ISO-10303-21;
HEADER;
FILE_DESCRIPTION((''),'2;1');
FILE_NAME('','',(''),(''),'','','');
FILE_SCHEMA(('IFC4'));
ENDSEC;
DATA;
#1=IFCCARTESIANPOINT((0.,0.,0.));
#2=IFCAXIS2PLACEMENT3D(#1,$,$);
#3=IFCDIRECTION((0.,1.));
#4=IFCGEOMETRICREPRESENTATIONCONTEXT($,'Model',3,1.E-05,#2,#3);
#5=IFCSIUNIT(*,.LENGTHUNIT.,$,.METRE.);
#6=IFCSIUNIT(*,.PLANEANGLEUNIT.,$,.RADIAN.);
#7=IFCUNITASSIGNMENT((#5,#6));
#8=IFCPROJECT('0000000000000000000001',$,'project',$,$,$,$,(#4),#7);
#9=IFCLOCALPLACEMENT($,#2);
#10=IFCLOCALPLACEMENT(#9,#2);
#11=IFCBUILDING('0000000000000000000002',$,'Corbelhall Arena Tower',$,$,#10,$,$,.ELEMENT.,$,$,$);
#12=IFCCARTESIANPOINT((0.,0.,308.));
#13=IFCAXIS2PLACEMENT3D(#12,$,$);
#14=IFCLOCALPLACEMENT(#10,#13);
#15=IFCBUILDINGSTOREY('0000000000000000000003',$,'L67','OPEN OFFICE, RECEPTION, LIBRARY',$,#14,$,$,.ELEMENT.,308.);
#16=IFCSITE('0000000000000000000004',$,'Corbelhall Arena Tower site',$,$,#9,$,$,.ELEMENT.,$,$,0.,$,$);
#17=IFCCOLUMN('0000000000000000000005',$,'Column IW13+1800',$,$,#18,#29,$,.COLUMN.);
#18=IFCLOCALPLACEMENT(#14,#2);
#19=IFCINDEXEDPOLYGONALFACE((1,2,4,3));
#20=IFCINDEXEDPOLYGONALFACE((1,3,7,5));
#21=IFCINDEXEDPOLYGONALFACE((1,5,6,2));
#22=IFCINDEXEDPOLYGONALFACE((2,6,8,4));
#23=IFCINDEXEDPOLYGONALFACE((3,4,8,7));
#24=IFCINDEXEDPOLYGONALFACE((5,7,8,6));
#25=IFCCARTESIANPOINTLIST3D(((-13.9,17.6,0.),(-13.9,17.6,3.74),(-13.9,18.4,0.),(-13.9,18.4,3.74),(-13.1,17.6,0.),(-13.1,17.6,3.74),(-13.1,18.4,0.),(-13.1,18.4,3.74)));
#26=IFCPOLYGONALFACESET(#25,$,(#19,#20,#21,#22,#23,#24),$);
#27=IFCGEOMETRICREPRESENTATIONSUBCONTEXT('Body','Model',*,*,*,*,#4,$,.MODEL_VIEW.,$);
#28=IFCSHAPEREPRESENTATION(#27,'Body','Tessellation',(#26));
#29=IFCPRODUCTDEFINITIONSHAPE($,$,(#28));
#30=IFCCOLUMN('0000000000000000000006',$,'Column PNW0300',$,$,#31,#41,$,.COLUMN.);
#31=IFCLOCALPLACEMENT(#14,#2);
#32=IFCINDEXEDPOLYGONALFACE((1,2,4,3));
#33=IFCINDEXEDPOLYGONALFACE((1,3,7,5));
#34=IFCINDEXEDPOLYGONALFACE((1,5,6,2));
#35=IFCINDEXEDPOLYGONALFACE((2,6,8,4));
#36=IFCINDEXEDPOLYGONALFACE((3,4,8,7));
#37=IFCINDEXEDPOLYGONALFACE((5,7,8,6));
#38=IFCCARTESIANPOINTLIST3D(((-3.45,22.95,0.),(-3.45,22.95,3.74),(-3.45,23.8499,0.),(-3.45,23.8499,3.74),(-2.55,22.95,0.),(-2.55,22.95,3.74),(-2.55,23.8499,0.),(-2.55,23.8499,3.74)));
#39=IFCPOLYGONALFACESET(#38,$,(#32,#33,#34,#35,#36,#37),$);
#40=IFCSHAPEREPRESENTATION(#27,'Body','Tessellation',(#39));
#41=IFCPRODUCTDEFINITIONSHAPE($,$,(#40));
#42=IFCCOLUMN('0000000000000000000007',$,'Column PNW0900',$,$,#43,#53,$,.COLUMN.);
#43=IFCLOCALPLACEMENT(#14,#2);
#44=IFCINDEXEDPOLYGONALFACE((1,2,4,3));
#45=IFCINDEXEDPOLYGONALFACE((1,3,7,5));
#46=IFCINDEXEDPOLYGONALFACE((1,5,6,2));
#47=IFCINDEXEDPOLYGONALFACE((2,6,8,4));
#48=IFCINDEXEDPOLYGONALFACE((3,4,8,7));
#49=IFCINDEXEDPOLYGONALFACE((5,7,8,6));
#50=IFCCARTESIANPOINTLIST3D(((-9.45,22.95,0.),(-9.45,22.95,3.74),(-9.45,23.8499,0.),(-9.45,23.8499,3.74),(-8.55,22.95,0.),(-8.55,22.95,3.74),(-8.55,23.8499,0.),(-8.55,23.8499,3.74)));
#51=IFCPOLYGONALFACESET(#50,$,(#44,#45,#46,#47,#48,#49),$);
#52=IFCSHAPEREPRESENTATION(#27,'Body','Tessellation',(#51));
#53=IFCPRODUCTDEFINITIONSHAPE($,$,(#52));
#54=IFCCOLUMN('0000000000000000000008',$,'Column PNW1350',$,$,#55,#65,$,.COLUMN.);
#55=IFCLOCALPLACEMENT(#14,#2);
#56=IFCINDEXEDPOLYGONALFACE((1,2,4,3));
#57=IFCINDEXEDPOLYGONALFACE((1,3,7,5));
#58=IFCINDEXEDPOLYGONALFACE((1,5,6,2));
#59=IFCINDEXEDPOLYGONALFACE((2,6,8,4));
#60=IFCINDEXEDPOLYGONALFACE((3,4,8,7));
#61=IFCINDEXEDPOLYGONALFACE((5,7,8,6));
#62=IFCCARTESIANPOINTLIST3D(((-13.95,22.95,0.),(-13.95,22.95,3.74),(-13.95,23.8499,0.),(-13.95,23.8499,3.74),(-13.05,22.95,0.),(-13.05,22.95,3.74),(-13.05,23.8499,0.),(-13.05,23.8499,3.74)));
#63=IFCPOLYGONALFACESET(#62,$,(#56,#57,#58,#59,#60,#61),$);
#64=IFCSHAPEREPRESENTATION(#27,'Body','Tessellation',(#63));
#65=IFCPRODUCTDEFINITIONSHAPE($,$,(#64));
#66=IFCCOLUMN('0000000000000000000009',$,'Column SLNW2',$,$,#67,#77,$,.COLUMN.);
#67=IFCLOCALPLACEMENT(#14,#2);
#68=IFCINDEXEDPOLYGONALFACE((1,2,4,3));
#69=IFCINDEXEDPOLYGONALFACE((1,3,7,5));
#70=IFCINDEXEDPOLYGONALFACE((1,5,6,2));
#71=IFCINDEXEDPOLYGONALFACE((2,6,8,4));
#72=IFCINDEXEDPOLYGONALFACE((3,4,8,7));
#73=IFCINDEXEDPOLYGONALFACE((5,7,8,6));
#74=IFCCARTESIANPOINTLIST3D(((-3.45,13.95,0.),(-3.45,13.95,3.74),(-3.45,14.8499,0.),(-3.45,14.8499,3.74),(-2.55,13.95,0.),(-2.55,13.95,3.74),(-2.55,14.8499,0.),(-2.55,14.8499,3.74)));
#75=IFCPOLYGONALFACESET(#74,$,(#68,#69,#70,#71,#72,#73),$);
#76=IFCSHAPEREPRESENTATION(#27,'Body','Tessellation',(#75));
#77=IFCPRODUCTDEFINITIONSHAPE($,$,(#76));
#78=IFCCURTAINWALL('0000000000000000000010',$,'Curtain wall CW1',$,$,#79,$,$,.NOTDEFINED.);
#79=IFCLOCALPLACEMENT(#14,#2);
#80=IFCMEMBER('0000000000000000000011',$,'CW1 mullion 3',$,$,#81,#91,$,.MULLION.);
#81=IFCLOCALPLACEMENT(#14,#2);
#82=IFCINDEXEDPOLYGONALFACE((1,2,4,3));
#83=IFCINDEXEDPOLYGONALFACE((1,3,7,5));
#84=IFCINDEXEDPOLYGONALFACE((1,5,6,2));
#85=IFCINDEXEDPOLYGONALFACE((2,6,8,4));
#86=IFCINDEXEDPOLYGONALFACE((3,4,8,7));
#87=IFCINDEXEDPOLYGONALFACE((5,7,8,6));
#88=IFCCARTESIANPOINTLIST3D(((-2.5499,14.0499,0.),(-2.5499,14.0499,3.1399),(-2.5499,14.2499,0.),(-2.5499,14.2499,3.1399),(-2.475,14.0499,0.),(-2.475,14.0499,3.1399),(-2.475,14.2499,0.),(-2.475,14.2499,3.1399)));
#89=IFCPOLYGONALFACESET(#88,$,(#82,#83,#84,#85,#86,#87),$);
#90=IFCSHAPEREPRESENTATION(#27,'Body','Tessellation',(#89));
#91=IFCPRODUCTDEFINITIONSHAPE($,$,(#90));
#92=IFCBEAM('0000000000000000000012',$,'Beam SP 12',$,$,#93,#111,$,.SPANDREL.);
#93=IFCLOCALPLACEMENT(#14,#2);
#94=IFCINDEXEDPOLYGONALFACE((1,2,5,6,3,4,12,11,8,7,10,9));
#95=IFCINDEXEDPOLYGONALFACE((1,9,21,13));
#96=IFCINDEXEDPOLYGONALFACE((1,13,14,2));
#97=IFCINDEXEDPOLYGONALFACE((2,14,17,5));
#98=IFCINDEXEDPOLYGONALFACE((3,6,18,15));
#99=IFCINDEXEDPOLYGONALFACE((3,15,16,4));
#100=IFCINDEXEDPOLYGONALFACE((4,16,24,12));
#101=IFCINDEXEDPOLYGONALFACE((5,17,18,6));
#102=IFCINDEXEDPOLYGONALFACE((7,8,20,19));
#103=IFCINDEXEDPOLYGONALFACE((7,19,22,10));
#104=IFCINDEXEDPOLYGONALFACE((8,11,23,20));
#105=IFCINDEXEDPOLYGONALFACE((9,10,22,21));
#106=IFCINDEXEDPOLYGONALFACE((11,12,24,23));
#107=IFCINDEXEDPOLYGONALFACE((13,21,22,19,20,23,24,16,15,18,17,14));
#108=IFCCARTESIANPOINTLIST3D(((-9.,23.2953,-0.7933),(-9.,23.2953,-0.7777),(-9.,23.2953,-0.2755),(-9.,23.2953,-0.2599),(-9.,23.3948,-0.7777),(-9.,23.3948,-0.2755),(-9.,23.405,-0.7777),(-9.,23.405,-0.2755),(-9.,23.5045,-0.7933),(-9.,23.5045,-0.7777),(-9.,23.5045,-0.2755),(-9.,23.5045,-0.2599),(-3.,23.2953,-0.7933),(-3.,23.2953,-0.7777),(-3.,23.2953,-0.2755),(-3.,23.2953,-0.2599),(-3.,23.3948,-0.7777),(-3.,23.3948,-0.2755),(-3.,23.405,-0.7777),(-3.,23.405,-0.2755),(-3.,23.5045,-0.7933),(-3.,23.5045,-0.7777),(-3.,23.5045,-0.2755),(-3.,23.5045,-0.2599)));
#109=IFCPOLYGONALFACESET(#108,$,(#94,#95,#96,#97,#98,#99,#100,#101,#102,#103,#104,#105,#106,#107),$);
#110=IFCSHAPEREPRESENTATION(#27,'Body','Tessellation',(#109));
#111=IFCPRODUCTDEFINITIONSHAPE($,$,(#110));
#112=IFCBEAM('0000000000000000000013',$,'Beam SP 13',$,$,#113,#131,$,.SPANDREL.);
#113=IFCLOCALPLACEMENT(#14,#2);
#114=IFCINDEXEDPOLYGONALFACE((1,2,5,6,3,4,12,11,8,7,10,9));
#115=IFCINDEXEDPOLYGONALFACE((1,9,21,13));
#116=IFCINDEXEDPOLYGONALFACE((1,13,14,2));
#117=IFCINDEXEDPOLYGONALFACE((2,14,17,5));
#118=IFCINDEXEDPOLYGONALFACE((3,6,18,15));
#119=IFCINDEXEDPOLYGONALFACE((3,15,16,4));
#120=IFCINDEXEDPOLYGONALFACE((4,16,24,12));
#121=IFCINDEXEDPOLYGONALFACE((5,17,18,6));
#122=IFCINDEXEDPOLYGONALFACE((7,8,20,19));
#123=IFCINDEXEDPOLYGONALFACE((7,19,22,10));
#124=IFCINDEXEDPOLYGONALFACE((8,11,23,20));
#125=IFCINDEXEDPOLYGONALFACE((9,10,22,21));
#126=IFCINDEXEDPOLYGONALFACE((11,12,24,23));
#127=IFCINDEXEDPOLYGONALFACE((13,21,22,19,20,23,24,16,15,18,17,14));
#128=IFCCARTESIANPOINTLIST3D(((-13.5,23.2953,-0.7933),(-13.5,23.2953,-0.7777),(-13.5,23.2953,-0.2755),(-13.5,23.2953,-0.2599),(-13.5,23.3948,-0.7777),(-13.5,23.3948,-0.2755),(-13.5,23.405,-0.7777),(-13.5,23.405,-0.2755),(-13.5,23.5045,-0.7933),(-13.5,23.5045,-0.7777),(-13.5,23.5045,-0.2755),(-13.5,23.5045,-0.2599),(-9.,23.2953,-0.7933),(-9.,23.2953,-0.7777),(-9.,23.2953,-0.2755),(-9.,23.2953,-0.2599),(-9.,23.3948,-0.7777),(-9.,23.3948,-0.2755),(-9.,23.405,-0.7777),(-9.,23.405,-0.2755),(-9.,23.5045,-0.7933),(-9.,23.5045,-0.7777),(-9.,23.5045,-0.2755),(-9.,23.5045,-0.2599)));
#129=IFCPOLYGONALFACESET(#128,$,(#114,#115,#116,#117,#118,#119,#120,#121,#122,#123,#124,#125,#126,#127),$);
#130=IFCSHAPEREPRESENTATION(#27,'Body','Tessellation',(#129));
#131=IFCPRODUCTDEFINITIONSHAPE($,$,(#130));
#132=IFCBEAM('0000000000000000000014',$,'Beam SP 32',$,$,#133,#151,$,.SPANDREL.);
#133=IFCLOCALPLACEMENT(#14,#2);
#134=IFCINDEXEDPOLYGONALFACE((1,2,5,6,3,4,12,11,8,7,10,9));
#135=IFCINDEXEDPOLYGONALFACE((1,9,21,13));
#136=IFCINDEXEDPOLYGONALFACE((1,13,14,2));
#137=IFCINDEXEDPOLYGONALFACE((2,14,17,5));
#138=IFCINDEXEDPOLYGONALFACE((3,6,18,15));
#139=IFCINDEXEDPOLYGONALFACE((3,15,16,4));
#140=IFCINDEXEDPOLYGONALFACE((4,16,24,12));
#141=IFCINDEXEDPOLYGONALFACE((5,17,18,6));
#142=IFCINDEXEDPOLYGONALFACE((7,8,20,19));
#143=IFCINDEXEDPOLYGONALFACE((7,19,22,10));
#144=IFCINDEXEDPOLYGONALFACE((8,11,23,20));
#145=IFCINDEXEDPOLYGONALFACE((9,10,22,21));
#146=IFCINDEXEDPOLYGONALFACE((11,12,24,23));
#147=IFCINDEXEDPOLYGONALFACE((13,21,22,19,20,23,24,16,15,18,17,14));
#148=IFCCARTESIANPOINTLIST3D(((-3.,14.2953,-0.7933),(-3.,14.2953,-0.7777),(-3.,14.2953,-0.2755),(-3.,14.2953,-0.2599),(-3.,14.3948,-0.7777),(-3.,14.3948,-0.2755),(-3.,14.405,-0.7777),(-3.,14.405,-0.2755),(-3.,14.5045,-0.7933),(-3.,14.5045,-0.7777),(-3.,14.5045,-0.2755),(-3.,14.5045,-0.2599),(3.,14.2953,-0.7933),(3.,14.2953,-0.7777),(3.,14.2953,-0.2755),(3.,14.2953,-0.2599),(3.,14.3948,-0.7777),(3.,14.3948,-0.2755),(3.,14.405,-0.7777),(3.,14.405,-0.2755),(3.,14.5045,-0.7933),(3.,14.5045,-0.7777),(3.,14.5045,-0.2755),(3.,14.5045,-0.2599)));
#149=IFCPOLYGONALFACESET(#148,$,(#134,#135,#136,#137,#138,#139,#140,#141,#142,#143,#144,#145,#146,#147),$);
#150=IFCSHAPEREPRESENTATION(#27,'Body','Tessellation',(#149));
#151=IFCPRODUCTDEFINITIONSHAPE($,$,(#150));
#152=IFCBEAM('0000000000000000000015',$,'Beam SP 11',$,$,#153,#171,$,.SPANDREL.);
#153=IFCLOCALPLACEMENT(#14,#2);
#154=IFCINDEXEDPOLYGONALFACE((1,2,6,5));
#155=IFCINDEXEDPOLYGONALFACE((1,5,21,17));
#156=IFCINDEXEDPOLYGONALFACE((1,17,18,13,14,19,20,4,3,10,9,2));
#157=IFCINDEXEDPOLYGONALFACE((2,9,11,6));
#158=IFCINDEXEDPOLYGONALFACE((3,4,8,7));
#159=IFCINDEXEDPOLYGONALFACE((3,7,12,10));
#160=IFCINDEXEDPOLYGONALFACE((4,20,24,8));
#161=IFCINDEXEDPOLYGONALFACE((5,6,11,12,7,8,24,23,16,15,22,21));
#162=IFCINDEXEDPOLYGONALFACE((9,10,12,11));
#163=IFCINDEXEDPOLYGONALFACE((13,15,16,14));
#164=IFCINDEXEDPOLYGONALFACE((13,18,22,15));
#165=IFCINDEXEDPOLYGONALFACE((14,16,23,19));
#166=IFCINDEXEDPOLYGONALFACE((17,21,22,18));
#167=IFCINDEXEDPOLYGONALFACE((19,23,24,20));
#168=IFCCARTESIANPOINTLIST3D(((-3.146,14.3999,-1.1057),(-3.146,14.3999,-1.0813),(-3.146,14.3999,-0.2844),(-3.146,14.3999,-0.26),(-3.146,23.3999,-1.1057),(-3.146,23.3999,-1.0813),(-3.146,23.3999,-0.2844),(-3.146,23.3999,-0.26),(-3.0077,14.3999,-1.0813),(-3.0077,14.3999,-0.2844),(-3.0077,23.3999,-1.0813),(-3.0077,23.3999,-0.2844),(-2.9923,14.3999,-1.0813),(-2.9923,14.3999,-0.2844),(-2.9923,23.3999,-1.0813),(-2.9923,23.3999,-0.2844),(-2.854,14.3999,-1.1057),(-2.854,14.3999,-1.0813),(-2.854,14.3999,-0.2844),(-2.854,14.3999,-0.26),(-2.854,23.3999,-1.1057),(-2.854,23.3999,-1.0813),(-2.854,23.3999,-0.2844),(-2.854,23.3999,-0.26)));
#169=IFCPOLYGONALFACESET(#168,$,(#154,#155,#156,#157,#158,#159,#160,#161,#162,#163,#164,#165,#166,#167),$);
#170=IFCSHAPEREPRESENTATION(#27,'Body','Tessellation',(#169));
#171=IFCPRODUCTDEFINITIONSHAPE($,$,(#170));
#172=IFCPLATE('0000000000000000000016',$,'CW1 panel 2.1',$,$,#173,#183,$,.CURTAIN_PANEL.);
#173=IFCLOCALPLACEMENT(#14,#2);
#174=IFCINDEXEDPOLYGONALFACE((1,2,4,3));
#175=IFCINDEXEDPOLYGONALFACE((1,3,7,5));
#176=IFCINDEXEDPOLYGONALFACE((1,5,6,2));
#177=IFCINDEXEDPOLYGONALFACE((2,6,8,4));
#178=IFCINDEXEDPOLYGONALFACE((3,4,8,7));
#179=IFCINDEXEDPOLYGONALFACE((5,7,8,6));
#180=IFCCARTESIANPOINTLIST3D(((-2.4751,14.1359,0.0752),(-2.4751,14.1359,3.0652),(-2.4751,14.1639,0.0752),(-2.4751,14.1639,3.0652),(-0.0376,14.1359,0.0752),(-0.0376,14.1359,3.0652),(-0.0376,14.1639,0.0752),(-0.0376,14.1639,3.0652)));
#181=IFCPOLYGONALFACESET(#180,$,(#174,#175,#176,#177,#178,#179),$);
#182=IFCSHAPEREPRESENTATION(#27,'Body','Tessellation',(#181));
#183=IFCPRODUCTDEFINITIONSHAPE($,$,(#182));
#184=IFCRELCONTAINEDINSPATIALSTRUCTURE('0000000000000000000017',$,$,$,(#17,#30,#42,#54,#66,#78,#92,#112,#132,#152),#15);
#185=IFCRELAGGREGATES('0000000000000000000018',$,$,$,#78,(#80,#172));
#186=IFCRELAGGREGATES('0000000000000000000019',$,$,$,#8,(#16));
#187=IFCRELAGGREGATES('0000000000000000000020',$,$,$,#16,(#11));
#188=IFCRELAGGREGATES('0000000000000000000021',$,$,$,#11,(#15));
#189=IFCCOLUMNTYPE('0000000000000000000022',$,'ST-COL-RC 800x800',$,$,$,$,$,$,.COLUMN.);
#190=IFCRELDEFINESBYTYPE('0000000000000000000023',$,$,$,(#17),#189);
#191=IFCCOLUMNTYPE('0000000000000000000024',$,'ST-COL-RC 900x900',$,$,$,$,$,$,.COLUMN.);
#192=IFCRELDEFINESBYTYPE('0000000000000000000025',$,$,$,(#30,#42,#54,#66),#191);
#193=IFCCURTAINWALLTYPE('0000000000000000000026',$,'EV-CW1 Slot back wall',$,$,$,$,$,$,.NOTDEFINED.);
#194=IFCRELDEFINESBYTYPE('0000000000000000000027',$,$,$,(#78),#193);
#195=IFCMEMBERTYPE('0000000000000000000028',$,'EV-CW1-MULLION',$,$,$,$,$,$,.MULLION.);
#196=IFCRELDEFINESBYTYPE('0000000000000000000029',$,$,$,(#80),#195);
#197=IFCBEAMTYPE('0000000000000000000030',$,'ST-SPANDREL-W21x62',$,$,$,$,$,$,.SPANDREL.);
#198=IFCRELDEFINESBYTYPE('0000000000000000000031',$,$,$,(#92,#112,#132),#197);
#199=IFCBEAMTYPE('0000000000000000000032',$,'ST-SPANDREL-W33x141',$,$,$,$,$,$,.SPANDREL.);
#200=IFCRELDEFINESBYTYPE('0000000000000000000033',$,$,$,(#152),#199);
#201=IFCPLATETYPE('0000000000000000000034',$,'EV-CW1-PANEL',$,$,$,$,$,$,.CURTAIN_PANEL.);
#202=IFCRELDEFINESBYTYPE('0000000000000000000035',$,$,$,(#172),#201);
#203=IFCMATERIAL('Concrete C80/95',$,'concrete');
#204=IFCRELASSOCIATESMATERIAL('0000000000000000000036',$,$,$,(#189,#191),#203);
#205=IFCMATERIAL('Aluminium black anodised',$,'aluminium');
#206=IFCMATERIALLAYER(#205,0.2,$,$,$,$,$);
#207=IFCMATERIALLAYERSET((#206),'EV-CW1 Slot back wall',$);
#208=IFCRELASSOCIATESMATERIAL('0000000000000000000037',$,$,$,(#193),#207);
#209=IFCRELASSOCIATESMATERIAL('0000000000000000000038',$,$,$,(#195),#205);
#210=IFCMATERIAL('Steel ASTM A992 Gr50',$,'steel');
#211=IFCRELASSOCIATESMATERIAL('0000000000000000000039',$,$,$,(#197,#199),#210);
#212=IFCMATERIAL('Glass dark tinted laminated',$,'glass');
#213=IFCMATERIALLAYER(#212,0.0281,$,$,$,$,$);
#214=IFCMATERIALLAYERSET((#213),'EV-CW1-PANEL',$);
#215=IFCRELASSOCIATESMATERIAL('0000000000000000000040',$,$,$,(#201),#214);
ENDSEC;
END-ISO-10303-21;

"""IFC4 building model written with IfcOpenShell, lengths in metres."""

from ifc_helpers import new_model, si_unit, direction, frame, origin, origin_2d, place, context, subcontext, project, spatial, rectangle, i_section, extrude, material, layer, layer_set, material_profile, profile_set, type_object, element, aggregate, save


model = new_model("IFC4")

# Units and contexts
model_context = context("Model", 3, precision=1e-05, world=origin(), true_north=direction((0.0, 1.0)))
body_context = subcontext(model_context, "Body", "Model", "MODEL_VIEW")
ifc_project = project(units=[si_unit("LENGTHUNIT", "METRE"), si_unit("PLANEANGLEUNIT", "RADIAN")], contexts=[model_context])

# Site, building, storey
site_placement = place(None, origin())
site = spatial("IfcSite", under=ifc_project, at=site_placement, Name="Corbelhall Arena Tower site", CompositionType="ELEMENT", RefElevation=0.0)
building_placement = place(site_placement, origin())
building = spatial("IfcBuilding", under=site, at=building_placement, Name="Corbelhall Arena Tower", CompositionType="ELEMENT")
storey_placement = place(building_placement, frame((0.0, 0.0, 308.0)))
storey = spatial("IfcBuildingStorey", under=building, at=storey_placement, Name="L67", Description="OPEN OFFICE, RECEPTION, LIBRARY", CompositionType="ELEMENT", Elevation=308.0)

# Columns
ifc_material_1 = material(Name="Concrete C80/95", Category="concrete")
ifc_material_profile_1 = material_profile(ifc_material_1, rectangle(XDim=0.8, YDim=0.8, at=origin_2d()))
ifc_profile_set_1 = profile_set([ifc_material_profile_1], Name="Concrete C80/95")
column_type_1 = type_object("IfcColumnType", Name="ST-COL-RC 800x800", PredefinedType="COLUMN", material=ifc_profile_set_1)
column_placement = place(storey_placement, frame((-13.5, 18.0, 0.0), z_axis=(0.0, 0.0, 1.0), x_axis=(1.0, 0.0, 0.0)))
element("IfcColumn", 1, at=column_placement, inside=storey, type_object=column_type_1, Name="Column IW13+1800", PredefinedType="COLUMN", context=body_context, shape_type="SweptSolid", body=[
    extrude(rectangle(XDim=0.8, YDim=0.8, at=origin_2d()), origin(), (0.0, 0.0, 1.0), 3.74),
])
ifc_material_profile_2 = material_profile(ifc_material_1, rectangle(XDim=0.8999, YDim=0.8999, at=origin_2d()))
ifc_profile_set_2 = profile_set([ifc_material_profile_2], Name="Concrete C80/95")
column_type_2 = type_object("IfcColumnType", Name="ST-COL-RC 900x900", PredefinedType="COLUMN", material=ifc_profile_set_2)
for number, where, z_axis, x_axis, name in (
    (2, (-3.0, 23.3999, 0.0), (0.0, 0.0, 1.0), (1.0, 0.0, 0.0), "Column PNW0300"),
    (3, (-9.0, 23.3999, 0.0), (0.0, 0.0, 1.0), (1.0, 0.0, 0.0), "Column PNW0900"),
    (4, (-13.5, 23.3999, 0.0), (0.0, 0.0, 1.0), (1.0, 0.0, 0.0), "Column PNW1350"),
    (5, (-3.0, 14.3999, 0.0), (0.0, 0.0, 1.0), (1.0, 0.0, 0.0), "Column SLNW2"),
):
    element("IfcColumn", number, at=place(storey_placement, frame(where, z_axis=z_axis, x_axis=x_axis)), inside=storey, type_object=column_type_2, Name=name, PredefinedType="COLUMN", context=body_context, shape_type="SweptSolid", body=[
        extrude(rectangle(XDim=0.8999, YDim=0.8999, at=origin_2d()), origin(), (0.0, 0.0, 1.0), 3.74),
    ])

# Curtain wall, member
ifc_material_2 = material(Name="Aluminium black anodised", Category="aluminium")
ifc_layer_1 = layer(ifc_material_2, 0.2)
ifc_layer_set_1 = layer_set([ifc_layer_1], Name="EV-CW1 Slot back wall")
curtain_wall_type = type_object("IfcCurtainWallType", Name="EV-CW1 Slot back wall", PredefinedType="NOTDEFINED", material=ifc_layer_set_1)
curtain_wall_placement = place(storey_placement, origin())
curtain_wall = element("IfcCurtainWall", 6, at=curtain_wall_placement, inside=storey, type_object=curtain_wall_type, Name="Curtain wall CW1", PredefinedType="NOTDEFINED")
ifc_material_profile_3 = material_profile(ifc_material_2, rectangle(XDim=0.2, YDim=0.075, at=origin_2d()))
ifc_profile_set_3 = profile_set([ifc_material_profile_3], Name="Aluminium black anodised")
member_type = type_object("IfcMemberType", Name="EV-CW1-MULLION", PredefinedType="MULLION", material=ifc_profile_set_3)
member_placement = place(storey_placement, frame((-2.5125, 14.1499, 0.0), z_axis=(0.0, 0.0, 1.0), x_axis=(0.0, -1.0, 0.0)))
member = element("IfcMember", 7, at=member_placement, type_object=member_type, Name="CW1 mullion 3", PredefinedType="MULLION", context=body_context, shape_type="SweptSolid", body=[
    extrude(rectangle(XDim=0.2, YDim=0.075, at=origin_2d()), origin(), (0.0, 0.0, 1.0), 3.1399),
])

# Beams
ifc_material_3 = material(Name="Steel ASTM A992 Gr50", Category="steel")
ifc_material_profile_4 = material_profile(ifc_material_3, i_section(OverallWidth=0.2092, OverallDepth=0.5334, WebThickness=0.0103, FlangeThickness=0.0156, at=origin_2d()))
ifc_profile_set_4 = profile_set([ifc_material_profile_4], Name="Steel ASTM A992 Gr50")
beam_type_1 = type_object("IfcBeamType", Name="ST-SPANDREL-W21x62", PredefinedType="SPANDREL", material=ifc_profile_set_4)
beam_1_placement = place(storey_placement, frame((-9.0, 23.3999, -0.5266), z_axis=(1.0, 0.0, 0.0), x_axis=(0.0, 1.0, 0.0)))
element("IfcBeam", 8, at=beam_1_placement, inside=storey, type_object=beam_type_1, Name="Beam SP 12", PredefinedType="SPANDREL", context=body_context, shape_type="SweptSolid", body=[
    extrude(i_section(OverallWidth=0.2092, OverallDepth=0.5334, WebThickness=0.0103, FlangeThickness=0.0156, at=origin_2d()), origin(), (0.0, 0.0, 1.0), 6.0),
])
beam_2_placement = place(storey_placement, frame((-13.5, 23.3999, -0.5266), z_axis=(1.0, 0.0, 0.0), x_axis=(0.0, 1.0, 0.0)))
element("IfcBeam", 9, at=beam_2_placement, inside=storey, type_object=beam_type_1, Name="Beam SP 13", PredefinedType="SPANDREL", context=body_context, shape_type="SweptSolid", body=[
    extrude(i_section(OverallWidth=0.2092, OverallDepth=0.5334, WebThickness=0.0103, FlangeThickness=0.0156, at=origin_2d()), origin(), (0.0, 0.0, 1.0), 4.5),
])
beam_3_placement = place(storey_placement, frame((-3.0, 14.3999, -0.5266), z_axis=(1.0, 0.0, 0.0), x_axis=(0.0, 1.0, 0.0)))
element("IfcBeam", 10, at=beam_3_placement, inside=storey, type_object=beam_type_1, Name="Beam SP 32", PredefinedType="SPANDREL", context=body_context, shape_type="SweptSolid", body=[
    extrude(i_section(OverallWidth=0.2092, OverallDepth=0.5334, WebThickness=0.0103, FlangeThickness=0.0156, at=origin_2d()), origin(), (0.0, 0.0, 1.0), 6.0),
])
ifc_material_profile_5 = material_profile(ifc_material_3, i_section(OverallWidth=0.292, OverallDepth=0.8457, WebThickness=0.0154, FlangeThickness=0.0244, at=origin_2d()))
ifc_profile_set_5 = profile_set([ifc_material_profile_5], Name="Steel ASTM A992 Gr50")
beam_type_2 = type_object("IfcBeamType", Name="ST-SPANDREL-W33x141", PredefinedType="SPANDREL", material=ifc_profile_set_5)
beam_4_placement = place(storey_placement, frame((-3.0, 23.3999, -0.6829), z_axis=(0.0, -1.0, 0.0), x_axis=(1.0, 0.0, 0.0)))
element("IfcBeam", 11, at=beam_4_placement, inside=storey, type_object=beam_type_2, Name="Beam SP 11", PredefinedType="SPANDREL", context=body_context, shape_type="SweptSolid", body=[
    extrude(i_section(OverallWidth=0.292, OverallDepth=0.8457, WebThickness=0.0154, FlangeThickness=0.0244, at=origin_2d()), origin(), (0.0, 0.0, 1.0), 9.0),
])

# Plate
ifc_material_4 = material(Name="Glass dark tinted laminated", Category="glass")
ifc_layer_2 = layer(ifc_material_4, 0.0281)
ifc_layer_set_2 = layer_set([ifc_layer_2], Name="EV-CW1-PANEL")
plate_type = type_object("IfcPlateType", Name="EV-CW1-PANEL", PredefinedType="CURTAIN_PANEL", material=ifc_layer_set_2)
plate_placement = place(storey_placement, frame((-1.2563, 14.1499, 0.0752), z_axis=(0.0, 0.0, 1.0), x_axis=(-1.0, 0.0, 0.0)))
plate = element("IfcPlate", 12, at=plate_placement, type_object=plate_type, Name="CW1 panel 2.1", PredefinedType="CURTAIN_PANEL", context=body_context, shape_type="SweptSolid", body=[
    extrude(rectangle(XDim=2.4375, YDim=0.0281, at=origin_2d()), origin(), (0.0, 0.0, 1.0), 2.99),
])
aggregate(curtain_wall, [member, plate])

save(model, "model.ifc")
